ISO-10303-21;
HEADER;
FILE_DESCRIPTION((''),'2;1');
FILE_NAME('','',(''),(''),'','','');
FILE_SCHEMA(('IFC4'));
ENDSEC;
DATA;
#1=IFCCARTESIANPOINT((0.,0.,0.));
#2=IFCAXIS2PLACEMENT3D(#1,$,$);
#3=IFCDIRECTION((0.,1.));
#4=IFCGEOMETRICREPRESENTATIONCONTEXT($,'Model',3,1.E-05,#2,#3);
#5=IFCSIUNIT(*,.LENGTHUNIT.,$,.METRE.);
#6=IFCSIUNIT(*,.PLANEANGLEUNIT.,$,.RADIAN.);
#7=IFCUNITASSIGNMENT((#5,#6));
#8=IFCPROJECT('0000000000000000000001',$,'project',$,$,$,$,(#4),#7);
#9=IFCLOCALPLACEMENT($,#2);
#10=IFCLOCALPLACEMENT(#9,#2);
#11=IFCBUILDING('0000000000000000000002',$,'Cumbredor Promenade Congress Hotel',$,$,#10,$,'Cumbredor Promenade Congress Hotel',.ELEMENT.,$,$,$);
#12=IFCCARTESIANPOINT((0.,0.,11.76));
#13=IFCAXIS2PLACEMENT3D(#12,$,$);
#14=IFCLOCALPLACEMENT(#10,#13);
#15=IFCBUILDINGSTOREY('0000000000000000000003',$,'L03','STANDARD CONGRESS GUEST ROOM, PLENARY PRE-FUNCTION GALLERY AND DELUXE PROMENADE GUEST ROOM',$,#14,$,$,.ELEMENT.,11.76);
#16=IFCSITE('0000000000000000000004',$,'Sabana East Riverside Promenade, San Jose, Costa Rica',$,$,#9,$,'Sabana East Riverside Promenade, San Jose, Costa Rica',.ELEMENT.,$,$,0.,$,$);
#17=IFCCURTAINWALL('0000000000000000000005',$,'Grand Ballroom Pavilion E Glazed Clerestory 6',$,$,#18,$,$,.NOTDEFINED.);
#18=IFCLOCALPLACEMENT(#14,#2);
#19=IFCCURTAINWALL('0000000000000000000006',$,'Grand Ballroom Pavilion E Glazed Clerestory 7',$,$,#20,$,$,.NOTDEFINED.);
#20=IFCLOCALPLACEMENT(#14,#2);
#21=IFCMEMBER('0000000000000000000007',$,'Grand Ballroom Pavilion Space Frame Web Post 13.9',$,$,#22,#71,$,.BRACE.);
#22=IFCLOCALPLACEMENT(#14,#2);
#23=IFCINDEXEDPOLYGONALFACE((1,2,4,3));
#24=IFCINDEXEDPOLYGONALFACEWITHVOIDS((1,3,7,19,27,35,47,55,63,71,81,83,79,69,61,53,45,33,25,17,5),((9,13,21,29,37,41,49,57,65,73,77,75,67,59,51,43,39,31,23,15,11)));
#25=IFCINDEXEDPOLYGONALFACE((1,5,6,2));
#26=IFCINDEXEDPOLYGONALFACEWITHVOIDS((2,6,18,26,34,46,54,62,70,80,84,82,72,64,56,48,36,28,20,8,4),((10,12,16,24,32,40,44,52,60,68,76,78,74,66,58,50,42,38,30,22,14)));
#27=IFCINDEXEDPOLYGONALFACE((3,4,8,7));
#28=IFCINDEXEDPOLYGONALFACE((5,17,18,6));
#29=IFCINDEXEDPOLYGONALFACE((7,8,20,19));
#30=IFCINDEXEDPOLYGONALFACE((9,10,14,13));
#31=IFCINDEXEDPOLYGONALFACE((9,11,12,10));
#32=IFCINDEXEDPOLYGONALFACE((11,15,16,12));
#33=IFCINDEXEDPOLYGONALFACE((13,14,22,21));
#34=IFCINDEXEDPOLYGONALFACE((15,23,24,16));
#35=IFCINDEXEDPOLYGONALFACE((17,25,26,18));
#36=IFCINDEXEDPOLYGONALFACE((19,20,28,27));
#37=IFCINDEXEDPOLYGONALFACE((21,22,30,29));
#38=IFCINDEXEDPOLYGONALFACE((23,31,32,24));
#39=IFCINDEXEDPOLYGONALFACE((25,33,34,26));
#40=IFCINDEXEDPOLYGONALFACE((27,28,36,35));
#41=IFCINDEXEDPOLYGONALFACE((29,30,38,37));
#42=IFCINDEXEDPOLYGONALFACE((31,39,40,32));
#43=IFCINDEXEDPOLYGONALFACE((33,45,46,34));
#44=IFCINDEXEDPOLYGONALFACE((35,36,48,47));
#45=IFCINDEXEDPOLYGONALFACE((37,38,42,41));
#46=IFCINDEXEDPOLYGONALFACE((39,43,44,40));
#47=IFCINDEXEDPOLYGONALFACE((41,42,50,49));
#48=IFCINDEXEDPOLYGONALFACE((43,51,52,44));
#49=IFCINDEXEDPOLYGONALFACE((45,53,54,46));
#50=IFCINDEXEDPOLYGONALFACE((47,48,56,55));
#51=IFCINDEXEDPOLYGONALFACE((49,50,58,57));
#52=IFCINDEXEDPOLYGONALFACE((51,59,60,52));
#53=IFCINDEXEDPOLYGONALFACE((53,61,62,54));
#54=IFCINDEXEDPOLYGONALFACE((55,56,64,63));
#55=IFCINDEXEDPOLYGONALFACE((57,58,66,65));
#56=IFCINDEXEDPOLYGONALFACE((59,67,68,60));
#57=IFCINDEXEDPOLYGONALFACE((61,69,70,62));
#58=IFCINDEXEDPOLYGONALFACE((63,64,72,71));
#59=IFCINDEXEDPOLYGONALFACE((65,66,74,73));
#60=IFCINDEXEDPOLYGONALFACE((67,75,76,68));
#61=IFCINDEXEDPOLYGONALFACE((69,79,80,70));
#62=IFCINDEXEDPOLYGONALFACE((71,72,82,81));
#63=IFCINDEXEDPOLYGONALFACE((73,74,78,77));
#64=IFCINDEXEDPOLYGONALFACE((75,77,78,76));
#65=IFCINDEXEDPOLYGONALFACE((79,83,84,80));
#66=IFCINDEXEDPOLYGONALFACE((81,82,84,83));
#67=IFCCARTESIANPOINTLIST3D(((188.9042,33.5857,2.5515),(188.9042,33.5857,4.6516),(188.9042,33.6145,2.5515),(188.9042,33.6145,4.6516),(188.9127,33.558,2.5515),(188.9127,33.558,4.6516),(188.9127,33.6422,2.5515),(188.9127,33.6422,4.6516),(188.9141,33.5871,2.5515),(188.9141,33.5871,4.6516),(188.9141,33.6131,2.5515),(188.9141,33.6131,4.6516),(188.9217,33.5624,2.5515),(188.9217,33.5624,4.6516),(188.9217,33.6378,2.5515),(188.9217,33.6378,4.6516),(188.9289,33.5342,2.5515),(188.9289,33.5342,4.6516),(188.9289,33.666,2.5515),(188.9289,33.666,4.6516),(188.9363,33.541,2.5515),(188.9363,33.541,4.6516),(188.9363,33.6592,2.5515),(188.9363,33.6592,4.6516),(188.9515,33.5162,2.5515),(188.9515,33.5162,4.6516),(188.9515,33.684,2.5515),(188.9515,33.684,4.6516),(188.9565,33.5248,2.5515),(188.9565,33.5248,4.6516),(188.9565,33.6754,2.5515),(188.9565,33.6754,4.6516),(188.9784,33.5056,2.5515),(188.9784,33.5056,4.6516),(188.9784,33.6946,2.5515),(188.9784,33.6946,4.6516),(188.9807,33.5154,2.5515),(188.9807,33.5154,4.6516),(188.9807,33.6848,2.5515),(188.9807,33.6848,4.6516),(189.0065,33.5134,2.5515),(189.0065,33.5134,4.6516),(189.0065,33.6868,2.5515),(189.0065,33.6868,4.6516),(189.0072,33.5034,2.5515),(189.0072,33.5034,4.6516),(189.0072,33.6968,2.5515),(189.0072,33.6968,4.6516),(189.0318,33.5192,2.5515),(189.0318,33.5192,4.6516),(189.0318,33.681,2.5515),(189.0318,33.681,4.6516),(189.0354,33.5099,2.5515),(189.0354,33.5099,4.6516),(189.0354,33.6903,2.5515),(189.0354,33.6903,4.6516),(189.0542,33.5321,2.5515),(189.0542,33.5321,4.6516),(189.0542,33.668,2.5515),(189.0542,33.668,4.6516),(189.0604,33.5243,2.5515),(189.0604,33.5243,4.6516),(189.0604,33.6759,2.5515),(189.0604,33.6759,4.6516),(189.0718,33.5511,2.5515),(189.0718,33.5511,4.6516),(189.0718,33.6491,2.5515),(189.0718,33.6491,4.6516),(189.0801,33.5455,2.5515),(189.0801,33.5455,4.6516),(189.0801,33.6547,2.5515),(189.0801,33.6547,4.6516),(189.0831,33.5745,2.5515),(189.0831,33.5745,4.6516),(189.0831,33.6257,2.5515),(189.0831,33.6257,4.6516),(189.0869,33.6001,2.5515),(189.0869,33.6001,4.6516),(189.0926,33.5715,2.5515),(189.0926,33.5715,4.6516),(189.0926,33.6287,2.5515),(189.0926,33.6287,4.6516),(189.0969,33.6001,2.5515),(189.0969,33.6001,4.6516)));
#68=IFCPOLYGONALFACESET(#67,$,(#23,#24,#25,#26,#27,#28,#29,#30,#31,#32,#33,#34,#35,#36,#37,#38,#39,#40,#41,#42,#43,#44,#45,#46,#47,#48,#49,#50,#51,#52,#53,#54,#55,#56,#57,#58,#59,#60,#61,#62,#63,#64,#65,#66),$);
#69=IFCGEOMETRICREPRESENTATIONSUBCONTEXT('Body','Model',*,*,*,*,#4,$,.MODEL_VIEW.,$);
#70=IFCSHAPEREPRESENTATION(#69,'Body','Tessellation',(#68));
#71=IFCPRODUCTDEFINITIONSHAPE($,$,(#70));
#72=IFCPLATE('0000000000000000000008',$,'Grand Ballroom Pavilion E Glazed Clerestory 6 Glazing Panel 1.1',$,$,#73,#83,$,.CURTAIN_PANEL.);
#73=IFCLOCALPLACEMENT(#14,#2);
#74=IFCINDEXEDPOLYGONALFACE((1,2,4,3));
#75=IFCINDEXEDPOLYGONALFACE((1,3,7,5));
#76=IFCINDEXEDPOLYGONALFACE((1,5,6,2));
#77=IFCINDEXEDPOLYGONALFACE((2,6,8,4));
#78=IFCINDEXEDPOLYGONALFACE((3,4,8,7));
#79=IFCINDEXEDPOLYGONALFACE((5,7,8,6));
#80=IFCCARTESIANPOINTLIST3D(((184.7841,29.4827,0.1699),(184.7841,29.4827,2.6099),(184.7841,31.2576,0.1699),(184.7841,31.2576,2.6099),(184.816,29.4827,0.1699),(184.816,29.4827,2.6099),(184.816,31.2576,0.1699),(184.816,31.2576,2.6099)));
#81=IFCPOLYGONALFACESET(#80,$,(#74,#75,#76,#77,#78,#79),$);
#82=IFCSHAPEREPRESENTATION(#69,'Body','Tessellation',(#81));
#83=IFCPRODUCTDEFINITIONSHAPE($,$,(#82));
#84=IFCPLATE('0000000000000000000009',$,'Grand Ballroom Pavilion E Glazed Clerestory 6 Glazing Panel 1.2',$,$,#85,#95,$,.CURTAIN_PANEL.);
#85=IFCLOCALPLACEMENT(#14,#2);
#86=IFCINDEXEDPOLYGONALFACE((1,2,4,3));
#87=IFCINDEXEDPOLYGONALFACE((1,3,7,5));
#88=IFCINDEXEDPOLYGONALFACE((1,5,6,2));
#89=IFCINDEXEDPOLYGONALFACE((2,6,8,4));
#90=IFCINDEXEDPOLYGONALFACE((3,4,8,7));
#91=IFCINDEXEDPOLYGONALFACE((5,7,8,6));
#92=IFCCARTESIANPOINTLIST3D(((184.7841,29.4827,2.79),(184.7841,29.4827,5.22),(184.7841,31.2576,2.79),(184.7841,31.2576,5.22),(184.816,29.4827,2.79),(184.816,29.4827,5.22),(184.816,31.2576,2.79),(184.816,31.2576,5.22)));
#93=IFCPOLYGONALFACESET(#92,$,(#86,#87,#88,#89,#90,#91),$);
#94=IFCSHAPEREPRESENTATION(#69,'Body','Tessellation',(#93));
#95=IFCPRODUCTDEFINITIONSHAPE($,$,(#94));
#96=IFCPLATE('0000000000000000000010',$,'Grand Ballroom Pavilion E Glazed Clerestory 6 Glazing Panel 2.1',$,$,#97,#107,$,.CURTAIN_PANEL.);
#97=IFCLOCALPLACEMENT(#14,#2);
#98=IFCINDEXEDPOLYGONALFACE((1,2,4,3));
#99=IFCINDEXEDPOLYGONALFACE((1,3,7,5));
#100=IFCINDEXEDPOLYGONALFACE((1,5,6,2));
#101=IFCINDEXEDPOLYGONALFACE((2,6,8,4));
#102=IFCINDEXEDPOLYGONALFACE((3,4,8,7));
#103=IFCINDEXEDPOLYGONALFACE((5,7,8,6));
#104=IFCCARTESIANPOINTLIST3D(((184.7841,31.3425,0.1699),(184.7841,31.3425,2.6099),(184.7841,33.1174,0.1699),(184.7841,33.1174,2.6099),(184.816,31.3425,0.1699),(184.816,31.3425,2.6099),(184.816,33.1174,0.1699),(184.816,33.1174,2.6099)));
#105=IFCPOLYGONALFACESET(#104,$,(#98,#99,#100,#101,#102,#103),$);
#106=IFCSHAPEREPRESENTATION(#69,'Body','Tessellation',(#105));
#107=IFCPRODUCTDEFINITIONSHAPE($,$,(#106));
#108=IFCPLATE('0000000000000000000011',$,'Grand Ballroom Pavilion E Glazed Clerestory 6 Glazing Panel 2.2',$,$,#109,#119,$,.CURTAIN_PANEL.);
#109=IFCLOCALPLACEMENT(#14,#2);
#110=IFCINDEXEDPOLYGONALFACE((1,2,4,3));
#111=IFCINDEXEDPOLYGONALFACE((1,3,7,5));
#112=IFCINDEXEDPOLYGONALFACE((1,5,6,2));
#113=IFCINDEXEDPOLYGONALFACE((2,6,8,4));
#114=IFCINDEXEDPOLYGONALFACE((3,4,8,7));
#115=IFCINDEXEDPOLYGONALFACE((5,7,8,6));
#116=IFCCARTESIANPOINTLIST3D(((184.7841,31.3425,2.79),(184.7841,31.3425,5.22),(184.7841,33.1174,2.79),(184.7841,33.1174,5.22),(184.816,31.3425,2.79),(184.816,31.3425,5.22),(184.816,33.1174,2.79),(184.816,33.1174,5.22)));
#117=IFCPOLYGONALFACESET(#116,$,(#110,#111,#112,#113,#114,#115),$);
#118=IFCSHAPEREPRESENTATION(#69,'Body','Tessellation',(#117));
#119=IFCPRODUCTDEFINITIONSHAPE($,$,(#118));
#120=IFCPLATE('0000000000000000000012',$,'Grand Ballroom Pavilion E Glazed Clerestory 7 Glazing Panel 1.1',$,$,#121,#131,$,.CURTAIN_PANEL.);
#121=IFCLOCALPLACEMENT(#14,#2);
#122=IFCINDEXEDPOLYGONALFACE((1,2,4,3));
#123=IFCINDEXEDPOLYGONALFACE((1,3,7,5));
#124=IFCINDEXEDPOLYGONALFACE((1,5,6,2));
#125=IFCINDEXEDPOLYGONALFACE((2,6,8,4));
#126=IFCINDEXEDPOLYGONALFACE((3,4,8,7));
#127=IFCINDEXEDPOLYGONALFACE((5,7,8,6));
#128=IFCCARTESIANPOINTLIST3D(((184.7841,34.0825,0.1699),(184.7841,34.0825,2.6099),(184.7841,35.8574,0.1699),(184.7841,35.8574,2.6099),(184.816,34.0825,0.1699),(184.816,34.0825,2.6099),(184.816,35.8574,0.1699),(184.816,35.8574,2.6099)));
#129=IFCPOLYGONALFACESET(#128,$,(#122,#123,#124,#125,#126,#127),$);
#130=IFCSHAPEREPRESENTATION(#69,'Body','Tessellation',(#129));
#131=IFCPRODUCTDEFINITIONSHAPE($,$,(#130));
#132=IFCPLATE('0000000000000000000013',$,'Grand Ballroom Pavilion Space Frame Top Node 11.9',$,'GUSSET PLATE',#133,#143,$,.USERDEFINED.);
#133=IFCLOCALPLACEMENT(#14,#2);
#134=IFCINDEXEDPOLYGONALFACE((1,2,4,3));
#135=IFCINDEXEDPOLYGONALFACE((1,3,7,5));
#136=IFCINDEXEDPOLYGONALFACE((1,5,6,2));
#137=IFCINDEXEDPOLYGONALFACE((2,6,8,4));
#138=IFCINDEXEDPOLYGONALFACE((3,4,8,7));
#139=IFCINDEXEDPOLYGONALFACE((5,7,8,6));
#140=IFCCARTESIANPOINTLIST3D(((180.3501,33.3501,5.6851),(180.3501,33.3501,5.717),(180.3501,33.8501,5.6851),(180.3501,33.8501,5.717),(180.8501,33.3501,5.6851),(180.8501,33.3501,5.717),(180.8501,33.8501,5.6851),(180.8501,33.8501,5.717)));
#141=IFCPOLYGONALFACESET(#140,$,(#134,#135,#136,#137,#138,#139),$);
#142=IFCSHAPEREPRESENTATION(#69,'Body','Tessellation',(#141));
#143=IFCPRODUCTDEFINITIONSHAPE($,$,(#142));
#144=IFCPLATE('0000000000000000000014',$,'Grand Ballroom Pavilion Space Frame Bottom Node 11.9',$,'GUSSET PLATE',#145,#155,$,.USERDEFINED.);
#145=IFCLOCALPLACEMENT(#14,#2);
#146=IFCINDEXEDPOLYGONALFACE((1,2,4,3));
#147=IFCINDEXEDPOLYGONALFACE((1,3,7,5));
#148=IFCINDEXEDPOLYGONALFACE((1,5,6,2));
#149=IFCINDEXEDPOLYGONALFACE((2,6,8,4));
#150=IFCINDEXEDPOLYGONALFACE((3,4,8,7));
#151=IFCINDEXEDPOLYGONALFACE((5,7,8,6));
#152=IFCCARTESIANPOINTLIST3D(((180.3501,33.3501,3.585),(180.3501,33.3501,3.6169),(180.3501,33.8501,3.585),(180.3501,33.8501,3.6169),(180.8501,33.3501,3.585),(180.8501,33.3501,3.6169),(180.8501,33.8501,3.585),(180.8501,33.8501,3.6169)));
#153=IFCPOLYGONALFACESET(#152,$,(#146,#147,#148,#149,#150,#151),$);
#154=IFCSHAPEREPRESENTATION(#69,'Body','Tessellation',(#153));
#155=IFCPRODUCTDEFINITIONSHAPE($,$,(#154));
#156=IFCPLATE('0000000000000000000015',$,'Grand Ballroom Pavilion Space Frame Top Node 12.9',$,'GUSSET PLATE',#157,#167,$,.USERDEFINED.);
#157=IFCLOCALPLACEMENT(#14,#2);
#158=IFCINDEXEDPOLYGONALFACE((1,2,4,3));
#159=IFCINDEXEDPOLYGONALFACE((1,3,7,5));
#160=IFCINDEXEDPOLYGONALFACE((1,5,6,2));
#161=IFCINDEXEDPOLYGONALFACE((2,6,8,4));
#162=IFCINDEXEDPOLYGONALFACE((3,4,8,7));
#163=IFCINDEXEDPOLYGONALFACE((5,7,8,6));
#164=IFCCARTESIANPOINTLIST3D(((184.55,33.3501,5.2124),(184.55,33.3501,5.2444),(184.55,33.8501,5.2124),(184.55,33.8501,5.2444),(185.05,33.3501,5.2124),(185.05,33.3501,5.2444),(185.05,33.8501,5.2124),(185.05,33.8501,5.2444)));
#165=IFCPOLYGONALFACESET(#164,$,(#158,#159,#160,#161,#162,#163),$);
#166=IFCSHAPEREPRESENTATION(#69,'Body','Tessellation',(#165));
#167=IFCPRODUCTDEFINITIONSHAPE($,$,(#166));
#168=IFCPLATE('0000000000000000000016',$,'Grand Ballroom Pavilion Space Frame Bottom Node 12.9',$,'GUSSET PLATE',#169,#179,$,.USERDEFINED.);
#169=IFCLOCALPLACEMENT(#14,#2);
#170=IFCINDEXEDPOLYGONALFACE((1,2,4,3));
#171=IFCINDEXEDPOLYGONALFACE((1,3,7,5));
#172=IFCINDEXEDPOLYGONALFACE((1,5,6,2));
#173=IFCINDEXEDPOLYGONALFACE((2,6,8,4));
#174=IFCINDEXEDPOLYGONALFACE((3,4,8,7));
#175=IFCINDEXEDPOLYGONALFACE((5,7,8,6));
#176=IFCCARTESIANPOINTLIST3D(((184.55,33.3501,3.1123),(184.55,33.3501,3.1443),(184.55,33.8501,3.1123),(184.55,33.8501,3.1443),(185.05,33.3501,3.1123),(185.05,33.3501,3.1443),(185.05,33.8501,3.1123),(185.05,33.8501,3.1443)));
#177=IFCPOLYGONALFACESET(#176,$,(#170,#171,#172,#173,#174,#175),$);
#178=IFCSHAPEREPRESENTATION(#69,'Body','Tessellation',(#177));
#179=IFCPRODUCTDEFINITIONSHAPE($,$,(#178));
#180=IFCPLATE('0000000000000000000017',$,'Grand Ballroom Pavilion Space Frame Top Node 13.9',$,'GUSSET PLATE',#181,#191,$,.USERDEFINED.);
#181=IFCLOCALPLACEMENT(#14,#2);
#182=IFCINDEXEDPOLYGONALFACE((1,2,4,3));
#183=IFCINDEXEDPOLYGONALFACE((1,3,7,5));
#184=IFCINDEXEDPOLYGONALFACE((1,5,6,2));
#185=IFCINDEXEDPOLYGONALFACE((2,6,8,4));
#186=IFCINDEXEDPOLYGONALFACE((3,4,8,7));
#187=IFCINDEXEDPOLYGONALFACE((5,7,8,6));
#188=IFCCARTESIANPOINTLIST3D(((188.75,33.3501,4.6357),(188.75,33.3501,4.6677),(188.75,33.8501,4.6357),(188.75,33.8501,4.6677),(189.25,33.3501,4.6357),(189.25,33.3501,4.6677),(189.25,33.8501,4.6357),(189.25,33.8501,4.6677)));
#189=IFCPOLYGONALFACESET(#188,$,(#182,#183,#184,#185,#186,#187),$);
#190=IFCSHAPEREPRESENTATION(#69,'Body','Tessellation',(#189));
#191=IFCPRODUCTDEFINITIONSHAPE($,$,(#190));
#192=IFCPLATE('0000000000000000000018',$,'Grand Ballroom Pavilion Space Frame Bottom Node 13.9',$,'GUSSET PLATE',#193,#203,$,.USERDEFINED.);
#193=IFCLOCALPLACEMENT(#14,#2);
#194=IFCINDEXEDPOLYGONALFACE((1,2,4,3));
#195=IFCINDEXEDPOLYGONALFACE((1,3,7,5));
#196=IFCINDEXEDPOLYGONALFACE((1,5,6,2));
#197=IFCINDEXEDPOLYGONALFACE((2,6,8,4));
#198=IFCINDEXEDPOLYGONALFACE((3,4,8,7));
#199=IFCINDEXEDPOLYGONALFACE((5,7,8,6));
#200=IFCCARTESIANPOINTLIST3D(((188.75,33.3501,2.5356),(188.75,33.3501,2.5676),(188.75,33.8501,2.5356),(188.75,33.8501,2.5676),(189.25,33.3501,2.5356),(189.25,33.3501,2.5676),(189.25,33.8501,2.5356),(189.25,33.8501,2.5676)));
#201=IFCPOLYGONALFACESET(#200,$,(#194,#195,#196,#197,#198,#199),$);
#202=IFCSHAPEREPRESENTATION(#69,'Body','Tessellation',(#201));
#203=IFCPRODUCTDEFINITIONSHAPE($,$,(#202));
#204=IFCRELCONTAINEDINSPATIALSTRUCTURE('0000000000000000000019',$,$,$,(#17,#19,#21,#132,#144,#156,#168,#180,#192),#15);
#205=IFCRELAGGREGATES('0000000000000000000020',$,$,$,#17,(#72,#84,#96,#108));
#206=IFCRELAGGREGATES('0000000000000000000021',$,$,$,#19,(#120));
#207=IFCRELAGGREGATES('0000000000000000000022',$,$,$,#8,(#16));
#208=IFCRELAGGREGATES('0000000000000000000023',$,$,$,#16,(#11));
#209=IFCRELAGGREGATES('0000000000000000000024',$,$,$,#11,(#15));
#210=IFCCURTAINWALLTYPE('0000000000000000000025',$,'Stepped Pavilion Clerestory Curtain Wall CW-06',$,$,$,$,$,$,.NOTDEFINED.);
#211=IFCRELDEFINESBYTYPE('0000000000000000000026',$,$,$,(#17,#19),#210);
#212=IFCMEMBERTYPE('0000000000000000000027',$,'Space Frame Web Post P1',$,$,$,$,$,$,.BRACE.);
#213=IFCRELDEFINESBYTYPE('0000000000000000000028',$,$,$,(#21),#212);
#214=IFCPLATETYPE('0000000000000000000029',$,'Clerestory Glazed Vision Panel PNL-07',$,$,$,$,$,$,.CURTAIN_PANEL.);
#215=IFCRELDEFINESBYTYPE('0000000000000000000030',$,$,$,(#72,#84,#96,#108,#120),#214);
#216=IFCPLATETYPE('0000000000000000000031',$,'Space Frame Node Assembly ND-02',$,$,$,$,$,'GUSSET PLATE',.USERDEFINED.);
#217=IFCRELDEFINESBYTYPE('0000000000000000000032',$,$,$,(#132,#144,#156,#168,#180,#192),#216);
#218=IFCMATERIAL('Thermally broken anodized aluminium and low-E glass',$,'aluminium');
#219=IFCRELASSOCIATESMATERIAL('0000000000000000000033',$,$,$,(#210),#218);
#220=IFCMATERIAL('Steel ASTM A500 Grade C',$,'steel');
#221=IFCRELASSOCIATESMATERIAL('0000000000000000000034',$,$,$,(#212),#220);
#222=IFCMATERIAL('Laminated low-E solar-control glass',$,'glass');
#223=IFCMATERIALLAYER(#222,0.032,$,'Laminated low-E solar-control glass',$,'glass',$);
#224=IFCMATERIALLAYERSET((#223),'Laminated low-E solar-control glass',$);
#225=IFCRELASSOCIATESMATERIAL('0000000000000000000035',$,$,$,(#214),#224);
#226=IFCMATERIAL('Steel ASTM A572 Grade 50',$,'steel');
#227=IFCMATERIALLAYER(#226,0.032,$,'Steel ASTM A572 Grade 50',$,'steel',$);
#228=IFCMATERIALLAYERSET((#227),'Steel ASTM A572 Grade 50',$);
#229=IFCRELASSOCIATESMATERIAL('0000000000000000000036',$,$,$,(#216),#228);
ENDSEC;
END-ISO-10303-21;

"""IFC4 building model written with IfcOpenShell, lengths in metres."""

from ifc_helpers import new_model, si_unit, direction, frame, origin, origin_2d, place, context, subcontext, project, spatial, rectangle, hollow_circle, extrude, material, layer, layer_set, material_profile, profile_set, type_object, element, aggregate, save


model = new_model("IFC4")

# Units and contexts
model_context = context("Model", 3, precision=1e-05, world=origin(), true_north=direction((0.0, 1.0)))
body_context = subcontext(model_context, "Body", "Model", "MODEL_VIEW")
ifc_project = project(units=[si_unit("LENGTHUNIT", "METRE"), si_unit("PLANEANGLEUNIT", "RADIAN")], contexts=[model_context])

# Site, building, storey
site_placement = place(None, origin())
site = spatial("IfcSite", under=ifc_project, at=site_placement, Name="Sabana East Riverside Promenade, San Jose, Costa Rica", LongName="Sabana East Riverside Promenade, San Jose, Costa Rica", CompositionType="ELEMENT", RefElevation=0.0)
building_placement = place(site_placement, origin())
building = spatial("IfcBuilding", under=site, at=building_placement, Name="Cumbredor Promenade Congress Hotel", LongName="Cumbredor Promenade Congress Hotel", CompositionType="ELEMENT")
storey_placement = place(building_placement, frame((0.0, 0.0, 11.76)))
storey = spatial("IfcBuildingStorey", under=building, at=storey_placement, Name="L03", Description="STANDARD CONGRESS GUEST ROOM, PLENARY PRE-FUNCTION GALLERY AND DELUXE PROMENADE GUEST ROOM", CompositionType="ELEMENT", Elevation=11.76)

# Shared definitions
ifc_material_1 = material(Name="Steel ASTM A500 Grade C", Category="steel")

# Curtain wall
ifc_material_2 = material(Name="Thermally broken anodized aluminium and low-E glass", Category="aluminium")
curtain_wall_type = type_object("IfcCurtainWallType", Name="Stepped Pavilion Clerestory Curtain Wall CW-06", PredefinedType="NOTDEFINED", material=ifc_material_2)
curtain_wall_1_placement = place(storey_placement, origin())
curtain_wall_1 = element("IfcCurtainWall", 1, at=curtain_wall_1_placement, inside=storey, type_object=curtain_wall_type, Name="Grand Ballroom Pavilion E Glazed Clerestory 6", PredefinedType="NOTDEFINED")

# Curtain wall
curtain_wall_2_placement = place(storey_placement, origin())
curtain_wall_2 = element("IfcCurtainWall", 2, at=curtain_wall_2_placement, inside=storey, type_object=curtain_wall_type, Name="Grand Ballroom Pavilion E Glazed Clerestory 7", PredefinedType="NOTDEFINED")

# Member
ifc_material_profile_1 = material_profile(ifc_material_1, hollow_circle(Radius=0.0969, WallThickness=0.01, at=origin_2d()), Name="CHS 193.7x10")
ifc_profile_set_1 = profile_set([ifc_material_profile_1], Name="Steel ASTM A500 Grade C")
member_type_1 = type_object("IfcMemberType", Name="Space Frame Web Post P1", PredefinedType="BRACE", material=ifc_profile_set_1)
for number, where, z_axis, x_axis, name in (
    (3, (189.0, 33.6001, 2.5515), (0.0, 0.0, 1.0), (1.0, 0.0, 0.0), "Grand Ballroom Pavilion Space Frame Web Post 13.9"),
):
    element("IfcMember", number, at=place(storey_placement, frame(where, z_axis=z_axis, x_axis=x_axis)), inside=storey, type_object=member_type_1, Name=name, PredefinedType="BRACE", context=body_context, shape_type="SweptSolid", body=[
        extrude(hollow_circle(Radius=0.0969, WallThickness=0.01, at=origin_2d()), origin(), (0.0, 0.0, 1.0), 2.1001),
    ])

# Plates
ifc_material_3 = material(Name="Laminated low-E solar-control glass", Category="glass")
ifc_layer_1 = layer(ifc_material_3, 0.032, Name="Laminated low-E solar-control glass", Category="glass")
ifc_layer_set_1 = layer_set([ifc_layer_1], Name="Laminated low-E solar-control glass")
plate_type_1 = type_object("IfcPlateType", Name="Clerestory Glazed Vision Panel PNL-07", PredefinedType="CURTAIN_PANEL", material=ifc_layer_set_1)
plate_1_placement = place(storey_placement, frame((184.8, 30.3701, 0.1699), z_axis=(0.0, 0.0, 1.0), x_axis=(0.0, 1.0, 0.0)))
plate_1 = element("IfcPlate", 4, at=plate_1_placement, type_object=plate_type_1, Name="Grand Ballroom Pavilion E Glazed Clerestory 6 Glazing Panel 1.1", PredefinedType="CURTAIN_PANEL", context=body_context, shape_type="SweptSolid", body=[
    extrude(rectangle(XDim=1.7749, YDim=0.032, at=origin_2d()), origin(), (0.0, 0.0, 1.0), 2.4399),
])
plate_2_placement = place(storey_placement, frame((184.8, 30.3701, 2.79), z_axis=(0.0, 0.0, 1.0), x_axis=(0.0, 1.0, 0.0)))
plate_2 = element("IfcPlate", 5, at=plate_2_placement, type_object=plate_type_1, Name="Grand Ballroom Pavilion E Glazed Clerestory 6 Glazing Panel 1.2", PredefinedType="CURTAIN_PANEL", context=body_context, shape_type="SweptSolid", body=[
    extrude(rectangle(XDim=1.7749, YDim=0.032, at=origin_2d()), origin(), (0.0, 0.0, 1.0), 2.4299),
])
plate_3_placement = place(storey_placement, frame((184.8, 32.23, 0.1699), z_axis=(0.0, 0.0, 1.0), x_axis=(0.0, 1.0, 0.0)))
plate_3 = element("IfcPlate", 6, at=plate_3_placement, type_object=plate_type_1, Name="Grand Ballroom Pavilion E Glazed Clerestory 6 Glazing Panel 2.1", PredefinedType="CURTAIN_PANEL", context=body_context, shape_type="SweptSolid", body=[
    extrude(rectangle(XDim=1.7749, YDim=0.032, at=origin_2d()), origin(), (0.0, 0.0, 1.0), 2.4399),
])
plate_4_placement = place(storey_placement, frame((184.8, 32.23, 2.79), z_axis=(0.0, 0.0, 1.0), x_axis=(0.0, 1.0, 0.0)))
plate_4 = element("IfcPlate", 7, at=plate_4_placement, type_object=plate_type_1, Name="Grand Ballroom Pavilion E Glazed Clerestory 6 Glazing Panel 2.2", PredefinedType="CURTAIN_PANEL", context=body_context, shape_type="SweptSolid", body=[
    extrude(rectangle(XDim=1.7749, YDim=0.032, at=origin_2d()), origin(), (0.0, 0.0, 1.0), 2.4299),
])
aggregate(curtain_wall_1, [plate_1, plate_2, plate_3, plate_4])
plate_5_placement = place(storey_placement, frame((184.8, 34.97, 0.1699), z_axis=(0.0, 0.0, 1.0), x_axis=(0.0, 1.0, 0.0)))
plate_5 = element("IfcPlate", 8, at=plate_5_placement, type_object=plate_type_1, Name="Grand Ballroom Pavilion E Glazed Clerestory 7 Glazing Panel 1.1", PredefinedType="CURTAIN_PANEL", context=body_context, shape_type="SweptSolid", body=[
    extrude(rectangle(XDim=1.7749, YDim=0.032, at=origin_2d()), origin(), (0.0, 0.0, 1.0), 2.4399),
])
aggregate(curtain_wall_2, [plate_5])

# Plates
ifc_material_4 = material(Name="Steel ASTM A572 Grade 50", Category="steel")
ifc_layer_2 = layer(ifc_material_4, 0.032, Name="Steel ASTM A572 Grade 50", Category="steel")
ifc_layer_set_2 = layer_set([ifc_layer_2], Name="Steel ASTM A572 Grade 50")
plate_type_2 = type_object("IfcPlateType", Name="Space Frame Node Assembly ND-02", ElementType="GUSSET PLATE", PredefinedType="USERDEFINED", material=ifc_layer_set_2)
for number, where, z_axis, x_axis, name in (
    (9, (180.6001, 33.6001, 5.6851), (0.0, 0.0, 1.0), (1.0, 0.0, 0.0), "Grand Ballroom Pavilion Space Frame Top Node 11.9"),
    (10, (180.6001, 33.6001, 3.585), (0.0, 0.0, 1.0), (1.0, 0.0, 0.0), "Grand Ballroom Pavilion Space Frame Bottom Node 11.9"),
    (11, (184.8, 33.6001, 5.2124), (0.0, 0.0, 1.0), (1.0, 0.0, 0.0), "Grand Ballroom Pavilion Space Frame Top Node 12.9"),
    (12, (184.8, 33.6001, 3.1123), (0.0, 0.0, 1.0), (1.0, 0.0, 0.0), "Grand Ballroom Pavilion Space Frame Bottom Node 12.9"),
    (13, (189.0, 33.6001, 4.6357), (0.0, 0.0, 1.0), (1.0, 0.0, 0.0), "Grand Ballroom Pavilion Space Frame Top Node 13.9"),
    (14, (189.0, 33.6001, 2.5356), (0.0, 0.0, 1.0), (1.0, 0.0, 0.0), "Grand Ballroom Pavilion Space Frame Bottom Node 13.9"),
):
    element("IfcPlate", number, at=place(storey_placement, frame(where, z_axis=z_axis, x_axis=x_axis)), inside=storey, type_object=plate_type_2, Name=name, ObjectType="GUSSET PLATE", PredefinedType="USERDEFINED", context=body_context, shape_type="SweptSolid", body=[
        extrude(rectangle(XDim=0.5, YDim=0.5, at=origin_2d()), origin(), (0.0, 0.0, 1.0), 0.032),
    ])

save(model, "model.ifc")
